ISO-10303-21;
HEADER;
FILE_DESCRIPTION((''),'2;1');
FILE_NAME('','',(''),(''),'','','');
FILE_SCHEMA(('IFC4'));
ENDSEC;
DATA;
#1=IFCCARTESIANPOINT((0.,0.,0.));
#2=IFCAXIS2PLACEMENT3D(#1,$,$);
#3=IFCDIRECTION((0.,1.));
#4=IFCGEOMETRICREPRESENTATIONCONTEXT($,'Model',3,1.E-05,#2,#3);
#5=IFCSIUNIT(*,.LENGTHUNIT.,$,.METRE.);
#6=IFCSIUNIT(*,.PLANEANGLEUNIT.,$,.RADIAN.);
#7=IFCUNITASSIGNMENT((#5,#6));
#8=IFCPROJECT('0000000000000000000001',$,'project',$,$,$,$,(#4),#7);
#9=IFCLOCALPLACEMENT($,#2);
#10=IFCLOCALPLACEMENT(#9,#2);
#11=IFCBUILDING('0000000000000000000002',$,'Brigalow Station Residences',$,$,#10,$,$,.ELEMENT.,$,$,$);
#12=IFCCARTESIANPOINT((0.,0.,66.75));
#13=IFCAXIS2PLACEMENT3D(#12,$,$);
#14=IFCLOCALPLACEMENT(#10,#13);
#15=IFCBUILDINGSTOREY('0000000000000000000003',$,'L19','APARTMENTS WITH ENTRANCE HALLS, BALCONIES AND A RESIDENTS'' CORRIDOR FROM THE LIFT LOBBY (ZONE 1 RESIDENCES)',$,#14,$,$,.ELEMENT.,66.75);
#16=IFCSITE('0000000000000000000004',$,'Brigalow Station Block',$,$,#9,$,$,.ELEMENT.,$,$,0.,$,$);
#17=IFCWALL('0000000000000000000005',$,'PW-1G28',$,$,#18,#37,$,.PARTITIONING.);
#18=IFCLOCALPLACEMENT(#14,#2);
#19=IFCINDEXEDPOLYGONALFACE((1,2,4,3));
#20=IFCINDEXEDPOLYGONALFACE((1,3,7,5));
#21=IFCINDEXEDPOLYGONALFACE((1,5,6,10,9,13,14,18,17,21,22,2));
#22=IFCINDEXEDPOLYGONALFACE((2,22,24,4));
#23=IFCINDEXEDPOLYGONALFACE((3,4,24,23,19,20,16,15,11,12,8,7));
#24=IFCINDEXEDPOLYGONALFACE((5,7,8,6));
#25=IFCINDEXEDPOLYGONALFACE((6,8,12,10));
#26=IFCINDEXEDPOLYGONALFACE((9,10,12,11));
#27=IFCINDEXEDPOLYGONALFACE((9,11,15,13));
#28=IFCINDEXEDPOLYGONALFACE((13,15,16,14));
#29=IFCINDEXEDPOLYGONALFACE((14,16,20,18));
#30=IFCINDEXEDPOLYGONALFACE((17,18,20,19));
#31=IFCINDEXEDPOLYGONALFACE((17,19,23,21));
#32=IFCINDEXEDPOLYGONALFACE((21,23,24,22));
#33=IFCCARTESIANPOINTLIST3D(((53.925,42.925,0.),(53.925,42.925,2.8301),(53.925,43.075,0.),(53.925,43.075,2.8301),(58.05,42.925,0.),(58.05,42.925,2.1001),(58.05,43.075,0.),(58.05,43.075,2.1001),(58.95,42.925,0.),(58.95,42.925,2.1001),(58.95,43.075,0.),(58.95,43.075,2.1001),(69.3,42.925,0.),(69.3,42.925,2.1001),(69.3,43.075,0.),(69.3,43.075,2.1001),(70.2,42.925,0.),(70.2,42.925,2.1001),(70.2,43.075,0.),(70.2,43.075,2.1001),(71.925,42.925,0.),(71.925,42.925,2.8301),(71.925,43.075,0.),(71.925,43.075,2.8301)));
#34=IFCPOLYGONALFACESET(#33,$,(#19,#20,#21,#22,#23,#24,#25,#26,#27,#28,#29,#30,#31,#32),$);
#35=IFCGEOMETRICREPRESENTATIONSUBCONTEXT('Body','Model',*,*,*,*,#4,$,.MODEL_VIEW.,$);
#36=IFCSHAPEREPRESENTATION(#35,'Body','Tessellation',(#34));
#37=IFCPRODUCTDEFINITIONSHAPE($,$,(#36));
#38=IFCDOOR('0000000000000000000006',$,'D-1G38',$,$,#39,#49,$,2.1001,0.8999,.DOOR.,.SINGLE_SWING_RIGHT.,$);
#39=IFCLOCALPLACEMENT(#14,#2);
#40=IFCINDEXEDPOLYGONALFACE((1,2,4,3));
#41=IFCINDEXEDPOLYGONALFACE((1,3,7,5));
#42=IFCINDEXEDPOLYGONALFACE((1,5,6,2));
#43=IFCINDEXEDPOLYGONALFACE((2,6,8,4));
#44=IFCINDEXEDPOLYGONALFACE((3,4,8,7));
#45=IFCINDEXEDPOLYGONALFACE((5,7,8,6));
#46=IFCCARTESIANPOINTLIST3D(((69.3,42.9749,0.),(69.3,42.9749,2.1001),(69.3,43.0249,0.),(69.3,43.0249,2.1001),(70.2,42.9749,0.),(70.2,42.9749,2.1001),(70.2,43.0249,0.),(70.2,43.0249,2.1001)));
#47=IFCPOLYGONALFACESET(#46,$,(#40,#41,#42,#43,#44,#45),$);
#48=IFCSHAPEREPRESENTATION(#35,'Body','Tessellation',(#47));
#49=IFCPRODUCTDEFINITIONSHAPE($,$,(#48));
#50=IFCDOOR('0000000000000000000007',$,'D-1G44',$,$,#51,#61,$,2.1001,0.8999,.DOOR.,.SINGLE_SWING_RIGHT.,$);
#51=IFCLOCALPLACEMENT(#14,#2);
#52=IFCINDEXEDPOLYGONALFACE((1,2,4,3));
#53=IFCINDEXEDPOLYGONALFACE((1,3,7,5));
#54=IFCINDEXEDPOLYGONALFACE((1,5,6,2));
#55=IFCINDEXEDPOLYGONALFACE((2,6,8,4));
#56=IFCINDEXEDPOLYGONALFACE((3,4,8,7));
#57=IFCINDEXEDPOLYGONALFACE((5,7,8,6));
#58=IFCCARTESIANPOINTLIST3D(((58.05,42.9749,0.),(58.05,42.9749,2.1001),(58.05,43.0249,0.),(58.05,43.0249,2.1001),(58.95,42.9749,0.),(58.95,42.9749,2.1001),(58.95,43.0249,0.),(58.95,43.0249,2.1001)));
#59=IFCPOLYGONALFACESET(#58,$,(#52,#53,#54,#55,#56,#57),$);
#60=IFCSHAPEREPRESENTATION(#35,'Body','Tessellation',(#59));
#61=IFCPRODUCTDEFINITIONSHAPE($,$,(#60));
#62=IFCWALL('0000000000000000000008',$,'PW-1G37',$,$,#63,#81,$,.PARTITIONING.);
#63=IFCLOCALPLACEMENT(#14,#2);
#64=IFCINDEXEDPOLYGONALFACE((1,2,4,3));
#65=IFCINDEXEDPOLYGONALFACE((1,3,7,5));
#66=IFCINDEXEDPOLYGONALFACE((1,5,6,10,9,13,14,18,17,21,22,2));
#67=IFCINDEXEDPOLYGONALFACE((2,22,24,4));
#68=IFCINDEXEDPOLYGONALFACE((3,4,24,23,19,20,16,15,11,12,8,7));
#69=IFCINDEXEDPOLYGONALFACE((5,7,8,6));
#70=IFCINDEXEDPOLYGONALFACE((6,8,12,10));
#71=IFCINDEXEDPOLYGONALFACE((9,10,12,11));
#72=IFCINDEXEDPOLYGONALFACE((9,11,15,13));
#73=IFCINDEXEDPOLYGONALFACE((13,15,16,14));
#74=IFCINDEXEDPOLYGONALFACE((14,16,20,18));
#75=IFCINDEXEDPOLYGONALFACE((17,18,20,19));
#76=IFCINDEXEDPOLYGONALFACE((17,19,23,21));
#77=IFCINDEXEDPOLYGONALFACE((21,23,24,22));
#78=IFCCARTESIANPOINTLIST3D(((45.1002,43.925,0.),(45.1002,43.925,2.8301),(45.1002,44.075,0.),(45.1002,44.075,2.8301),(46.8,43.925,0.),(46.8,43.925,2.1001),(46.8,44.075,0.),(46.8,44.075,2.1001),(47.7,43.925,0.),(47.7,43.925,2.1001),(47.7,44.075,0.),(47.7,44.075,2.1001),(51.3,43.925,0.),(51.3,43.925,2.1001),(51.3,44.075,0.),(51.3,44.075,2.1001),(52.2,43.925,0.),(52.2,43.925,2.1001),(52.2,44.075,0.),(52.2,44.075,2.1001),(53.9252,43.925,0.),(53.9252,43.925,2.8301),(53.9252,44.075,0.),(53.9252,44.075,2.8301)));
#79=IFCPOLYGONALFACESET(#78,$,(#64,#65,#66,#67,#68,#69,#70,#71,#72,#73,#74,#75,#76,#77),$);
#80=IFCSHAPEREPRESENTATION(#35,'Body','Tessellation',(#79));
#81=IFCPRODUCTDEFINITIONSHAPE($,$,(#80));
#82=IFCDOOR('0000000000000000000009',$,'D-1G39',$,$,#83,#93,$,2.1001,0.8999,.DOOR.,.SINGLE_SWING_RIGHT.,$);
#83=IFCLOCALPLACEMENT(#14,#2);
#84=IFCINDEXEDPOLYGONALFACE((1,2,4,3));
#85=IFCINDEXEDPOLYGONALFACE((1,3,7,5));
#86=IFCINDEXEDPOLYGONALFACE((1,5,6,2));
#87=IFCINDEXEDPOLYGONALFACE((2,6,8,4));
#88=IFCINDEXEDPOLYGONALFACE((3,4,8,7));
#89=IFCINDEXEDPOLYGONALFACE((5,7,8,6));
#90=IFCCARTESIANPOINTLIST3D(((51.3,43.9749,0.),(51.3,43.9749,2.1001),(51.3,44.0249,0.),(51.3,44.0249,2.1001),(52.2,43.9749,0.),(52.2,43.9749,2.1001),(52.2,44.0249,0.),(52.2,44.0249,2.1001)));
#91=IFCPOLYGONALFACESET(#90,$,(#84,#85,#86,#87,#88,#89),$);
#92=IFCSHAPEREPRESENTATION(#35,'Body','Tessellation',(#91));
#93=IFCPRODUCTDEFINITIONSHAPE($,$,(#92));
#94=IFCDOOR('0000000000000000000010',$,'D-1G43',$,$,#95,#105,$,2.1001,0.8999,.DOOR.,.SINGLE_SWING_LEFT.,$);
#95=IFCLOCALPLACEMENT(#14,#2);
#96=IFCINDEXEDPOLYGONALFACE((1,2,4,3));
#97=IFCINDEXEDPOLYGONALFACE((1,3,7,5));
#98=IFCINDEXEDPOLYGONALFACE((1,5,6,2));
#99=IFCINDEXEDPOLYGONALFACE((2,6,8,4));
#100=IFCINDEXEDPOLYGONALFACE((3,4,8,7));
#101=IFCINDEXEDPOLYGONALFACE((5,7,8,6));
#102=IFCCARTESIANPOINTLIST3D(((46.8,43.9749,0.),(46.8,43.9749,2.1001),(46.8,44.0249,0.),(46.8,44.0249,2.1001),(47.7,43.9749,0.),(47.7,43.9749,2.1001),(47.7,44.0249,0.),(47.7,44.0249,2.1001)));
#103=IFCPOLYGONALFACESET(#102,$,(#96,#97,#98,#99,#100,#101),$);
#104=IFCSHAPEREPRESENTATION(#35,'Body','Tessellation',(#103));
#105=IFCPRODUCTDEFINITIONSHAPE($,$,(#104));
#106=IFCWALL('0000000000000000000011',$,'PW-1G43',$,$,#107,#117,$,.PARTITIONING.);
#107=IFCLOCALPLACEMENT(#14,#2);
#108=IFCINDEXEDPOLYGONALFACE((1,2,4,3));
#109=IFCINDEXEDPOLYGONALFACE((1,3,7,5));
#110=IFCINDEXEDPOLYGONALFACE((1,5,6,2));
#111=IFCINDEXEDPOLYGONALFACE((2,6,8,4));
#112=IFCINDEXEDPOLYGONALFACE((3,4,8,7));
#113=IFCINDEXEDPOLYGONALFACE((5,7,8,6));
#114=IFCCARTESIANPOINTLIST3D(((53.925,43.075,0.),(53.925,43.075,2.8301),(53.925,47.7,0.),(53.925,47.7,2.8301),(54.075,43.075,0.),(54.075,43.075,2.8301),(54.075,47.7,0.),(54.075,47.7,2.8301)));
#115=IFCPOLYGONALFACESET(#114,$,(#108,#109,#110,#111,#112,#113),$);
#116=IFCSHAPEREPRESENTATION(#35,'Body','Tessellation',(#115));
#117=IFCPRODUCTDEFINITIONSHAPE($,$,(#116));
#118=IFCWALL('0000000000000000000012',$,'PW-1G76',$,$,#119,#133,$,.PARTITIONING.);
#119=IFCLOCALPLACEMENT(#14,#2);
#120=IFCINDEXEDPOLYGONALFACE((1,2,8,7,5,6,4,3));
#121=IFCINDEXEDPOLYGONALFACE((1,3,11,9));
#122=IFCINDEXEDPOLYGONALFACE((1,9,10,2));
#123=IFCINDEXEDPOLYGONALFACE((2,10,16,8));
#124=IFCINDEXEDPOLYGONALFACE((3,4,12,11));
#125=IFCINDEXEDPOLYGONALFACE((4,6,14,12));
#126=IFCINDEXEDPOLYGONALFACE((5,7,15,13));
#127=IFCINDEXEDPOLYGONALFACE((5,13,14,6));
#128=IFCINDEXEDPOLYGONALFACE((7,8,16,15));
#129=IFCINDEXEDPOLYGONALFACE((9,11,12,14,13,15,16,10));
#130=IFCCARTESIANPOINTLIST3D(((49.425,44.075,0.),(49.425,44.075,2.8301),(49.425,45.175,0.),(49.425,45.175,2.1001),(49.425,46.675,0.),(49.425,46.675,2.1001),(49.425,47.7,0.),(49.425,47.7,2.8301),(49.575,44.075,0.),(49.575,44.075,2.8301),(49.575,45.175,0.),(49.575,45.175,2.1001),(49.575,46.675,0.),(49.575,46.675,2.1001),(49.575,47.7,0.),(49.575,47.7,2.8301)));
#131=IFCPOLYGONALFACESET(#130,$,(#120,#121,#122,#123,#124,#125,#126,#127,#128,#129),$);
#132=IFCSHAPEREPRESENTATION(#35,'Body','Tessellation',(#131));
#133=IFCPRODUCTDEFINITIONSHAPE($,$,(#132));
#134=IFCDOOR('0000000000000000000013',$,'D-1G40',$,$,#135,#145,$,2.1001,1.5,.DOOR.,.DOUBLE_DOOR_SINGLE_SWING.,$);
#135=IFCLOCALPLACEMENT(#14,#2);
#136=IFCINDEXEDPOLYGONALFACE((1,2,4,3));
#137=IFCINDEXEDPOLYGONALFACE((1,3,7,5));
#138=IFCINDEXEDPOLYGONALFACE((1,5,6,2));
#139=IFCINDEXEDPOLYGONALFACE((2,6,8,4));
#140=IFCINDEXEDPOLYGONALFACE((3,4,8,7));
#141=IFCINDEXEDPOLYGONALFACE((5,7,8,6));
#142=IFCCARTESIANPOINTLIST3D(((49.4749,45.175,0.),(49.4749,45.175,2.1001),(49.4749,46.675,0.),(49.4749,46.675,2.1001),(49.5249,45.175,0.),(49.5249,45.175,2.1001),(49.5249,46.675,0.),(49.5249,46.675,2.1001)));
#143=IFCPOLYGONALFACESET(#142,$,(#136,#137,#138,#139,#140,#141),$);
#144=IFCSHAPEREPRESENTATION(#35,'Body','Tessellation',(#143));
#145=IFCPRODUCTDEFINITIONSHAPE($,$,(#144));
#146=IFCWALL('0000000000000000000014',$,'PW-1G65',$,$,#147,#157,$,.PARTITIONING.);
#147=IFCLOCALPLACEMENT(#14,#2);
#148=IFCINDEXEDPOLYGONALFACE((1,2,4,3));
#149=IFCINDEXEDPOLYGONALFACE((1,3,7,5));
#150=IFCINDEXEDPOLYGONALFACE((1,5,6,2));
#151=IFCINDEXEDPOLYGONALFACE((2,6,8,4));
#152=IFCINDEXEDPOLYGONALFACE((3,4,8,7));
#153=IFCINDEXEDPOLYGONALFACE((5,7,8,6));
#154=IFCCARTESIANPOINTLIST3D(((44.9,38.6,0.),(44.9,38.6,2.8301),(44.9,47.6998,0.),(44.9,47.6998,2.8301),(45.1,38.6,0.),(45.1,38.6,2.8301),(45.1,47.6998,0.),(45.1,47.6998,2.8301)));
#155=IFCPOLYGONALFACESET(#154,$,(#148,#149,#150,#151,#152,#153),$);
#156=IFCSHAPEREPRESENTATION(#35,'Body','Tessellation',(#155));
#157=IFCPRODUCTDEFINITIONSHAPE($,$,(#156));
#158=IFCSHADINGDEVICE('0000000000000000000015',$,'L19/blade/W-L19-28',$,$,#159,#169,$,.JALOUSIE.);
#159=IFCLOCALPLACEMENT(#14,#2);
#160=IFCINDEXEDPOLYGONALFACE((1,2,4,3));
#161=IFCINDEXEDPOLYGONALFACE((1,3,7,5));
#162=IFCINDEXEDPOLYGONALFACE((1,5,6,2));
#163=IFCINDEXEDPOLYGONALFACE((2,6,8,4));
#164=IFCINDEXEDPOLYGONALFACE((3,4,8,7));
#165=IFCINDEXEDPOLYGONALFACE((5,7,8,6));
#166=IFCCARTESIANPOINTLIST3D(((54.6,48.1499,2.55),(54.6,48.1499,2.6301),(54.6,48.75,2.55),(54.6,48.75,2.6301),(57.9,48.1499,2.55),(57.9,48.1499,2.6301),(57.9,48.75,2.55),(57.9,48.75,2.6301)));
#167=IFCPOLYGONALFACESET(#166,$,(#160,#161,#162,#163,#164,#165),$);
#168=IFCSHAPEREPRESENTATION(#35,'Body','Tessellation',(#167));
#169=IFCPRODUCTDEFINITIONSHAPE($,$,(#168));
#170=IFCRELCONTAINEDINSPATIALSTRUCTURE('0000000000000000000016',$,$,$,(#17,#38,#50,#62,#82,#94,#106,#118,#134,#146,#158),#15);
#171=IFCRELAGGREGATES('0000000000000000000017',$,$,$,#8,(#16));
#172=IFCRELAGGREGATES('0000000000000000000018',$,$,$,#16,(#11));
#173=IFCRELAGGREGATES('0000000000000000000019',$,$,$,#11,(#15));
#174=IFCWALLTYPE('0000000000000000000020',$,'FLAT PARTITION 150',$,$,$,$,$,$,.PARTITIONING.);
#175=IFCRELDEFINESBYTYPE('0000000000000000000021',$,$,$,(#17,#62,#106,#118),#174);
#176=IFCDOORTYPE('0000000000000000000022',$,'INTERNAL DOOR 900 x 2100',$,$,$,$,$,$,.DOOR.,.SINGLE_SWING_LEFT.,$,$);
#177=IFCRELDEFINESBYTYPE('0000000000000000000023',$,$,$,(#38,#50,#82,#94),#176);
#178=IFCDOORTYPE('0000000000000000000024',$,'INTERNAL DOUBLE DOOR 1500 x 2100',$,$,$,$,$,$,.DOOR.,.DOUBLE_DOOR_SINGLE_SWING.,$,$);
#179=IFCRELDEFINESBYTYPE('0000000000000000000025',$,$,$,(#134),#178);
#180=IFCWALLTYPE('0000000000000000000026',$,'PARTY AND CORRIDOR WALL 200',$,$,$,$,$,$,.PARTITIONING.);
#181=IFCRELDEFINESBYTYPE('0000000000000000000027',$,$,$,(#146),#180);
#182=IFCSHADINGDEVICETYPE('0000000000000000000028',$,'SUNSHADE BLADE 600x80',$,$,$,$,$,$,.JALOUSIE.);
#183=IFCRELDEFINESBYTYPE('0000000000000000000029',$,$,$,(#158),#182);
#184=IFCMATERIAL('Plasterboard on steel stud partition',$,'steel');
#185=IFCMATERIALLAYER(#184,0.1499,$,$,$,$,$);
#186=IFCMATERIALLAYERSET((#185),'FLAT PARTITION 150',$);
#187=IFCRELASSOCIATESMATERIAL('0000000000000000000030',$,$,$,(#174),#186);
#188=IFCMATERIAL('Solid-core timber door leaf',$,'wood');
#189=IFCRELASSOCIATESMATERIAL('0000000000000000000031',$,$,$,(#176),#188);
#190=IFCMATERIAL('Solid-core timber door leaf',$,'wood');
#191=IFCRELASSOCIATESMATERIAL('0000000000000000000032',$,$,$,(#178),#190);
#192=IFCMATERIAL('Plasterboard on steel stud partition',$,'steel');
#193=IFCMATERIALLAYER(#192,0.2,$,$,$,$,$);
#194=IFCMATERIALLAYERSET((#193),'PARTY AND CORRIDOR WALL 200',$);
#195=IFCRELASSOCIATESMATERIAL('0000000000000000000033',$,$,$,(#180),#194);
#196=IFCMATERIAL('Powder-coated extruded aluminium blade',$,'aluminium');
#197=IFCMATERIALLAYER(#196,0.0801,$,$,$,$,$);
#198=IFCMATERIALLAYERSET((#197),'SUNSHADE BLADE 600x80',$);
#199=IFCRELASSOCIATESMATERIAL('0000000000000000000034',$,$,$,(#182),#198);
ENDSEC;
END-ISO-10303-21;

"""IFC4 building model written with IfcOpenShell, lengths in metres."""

from ifc_helpers import new_model, si_unit, direction, frame, frame_2d, origin, origin_2d, place, context, subcontext, project, spatial, rectangle, extrude, material, layer, layer_set, type_object, element, fill, save


model = new_model("IFC4")

# Units and contexts
model_context = context("Model", 3, precision=1e-05, world=origin(), true_north=direction((0.0, 1.0)))
body_context = subcontext(model_context, "Body", "Model", "MODEL_VIEW")
ifc_project = project(units=[si_unit("LENGTHUNIT", "METRE"), si_unit("PLANEANGLEUNIT", "RADIAN")], contexts=[model_context])

# Site, building, storey
site_placement = place(None, origin())
site = spatial("IfcSite", under=ifc_project, at=site_placement, Name="Brigalow Station Block", CompositionType="ELEMENT", RefElevation=0.0)
building_placement = place(site_placement, origin())
building = spatial("IfcBuilding", under=site, at=building_placement, Name="Brigalow Station Residences", CompositionType="ELEMENT")
storey_placement = place(building_placement, frame((0.0, 0.0, 66.75)))
storey = spatial("IfcBuildingStorey", under=building, at=storey_placement, Name="L19", Description="APARTMENTS WITH ENTRANCE HALLS, BALCONIES AND A RESIDENTS' CORRIDOR FROM THE LIFT LOBBY (ZONE 1 RESIDENCES)", CompositionType="ELEMENT", Elevation=66.75)

# Shared definitions
ifc_material_1 = material(Name="Plasterboard on steel stud partition", Category="steel")
ifc_layer_1 = layer(ifc_material_1, 0.1499)
ifc_layer_set_1 = layer_set([ifc_layer_1], Name="FLAT PARTITION 150")
wall_type_1 = type_object("IfcWallType", Name="FLAT PARTITION 150", PredefinedType="PARTITIONING", material=ifc_layer_set_1)
ifc_material_2 = material(Name="Solid-core timber door leaf", Category="wood")
door_type_1 = type_object("IfcDoorType", Name="INTERNAL DOOR 900 x 2100", OperationType="SINGLE_SWING_LEFT", PredefinedType="DOOR", material=ifc_material_2)

# Walls, openings, doors
wall_1_placement = place(storey_placement, frame((53.925, 43.0, 0.0), z_axis=(0.0, 0.0, 1.0), x_axis=(1.0, 0.0, 0.0)))
wall_1 = element("IfcWall", 1, at=wall_1_placement, inside=storey, type_object=wall_type_1, Name="PW-1G28", PredefinedType="PARTITIONING", context=body_context, shape_type="SweptSolid", body=[
    extrude(rectangle(XDim=18.0, YDim=0.1499, at=frame_2d((9.0, 0.0))), origin(), (0.0, 0.0, 1.0), 2.8301),
])
opening_1_placement = place(wall_1_placement, frame((15.375, 0.0, 0.0)))
opening_1 = element("IfcOpeningElement", 2, at=opening_1_placement, cuts=wall_1, PredefinedType="OPENING", context=body_context, shape_type="SweptSolid", body=[
    extrude(rectangle(XDim=0.8999, YDim=2.1001, at=frame_2d((0.45, 1.05))), frame((0.0, 0.085, 0.0), z_axis=(0.0, -1.0, 0.0), x_axis=(1.0, 0.0, 0.0)), (0.0, 0.0, 1.0), 0.1699),
])
opening_2_placement = place(wall_1_placement, frame((4.125, 0.0, 0.0)))
opening_2 = element("IfcOpeningElement", 3, at=opening_2_placement, cuts=wall_1, PredefinedType="OPENING", context=body_context, shape_type="SweptSolid", body=[
    extrude(rectangle(XDim=0.8999, YDim=2.1001, at=frame_2d((0.45, 1.05))), frame((0.0, 0.085, 0.0), z_axis=(0.0, -1.0, 0.0), x_axis=(1.0, 0.0, 0.0)), (0.0, 0.0, 1.0), 0.1699),
])
door_1_placement = place(opening_1_placement, origin())
door_1 = element("IfcDoor", 4, at=door_1_placement, inside=storey, type_object=door_type_1, Name="D-1G38", OperationType="SINGLE_SWING_RIGHT", OverallHeight=2.1001, OverallWidth=0.8999, PredefinedType="DOOR", context=body_context, shape_type="SweptSolid", body=[
    extrude(rectangle(XDim=0.8999, YDim=2.1001, at=frame_2d((0.45, 1.05))), frame((0.0, 0.0249, 0.0), z_axis=(0.0, -1.0, 0.0), x_axis=(1.0, 0.0, 0.0)), (0.0, 0.0, 1.0), 0.05),
])
fill(opening_1, door_1)
door_2_placement = place(opening_2_placement, origin())
door_2 = element("IfcDoor", 5, at=door_2_placement, inside=storey, type_object=door_type_1, Name="D-1G44", OperationType="SINGLE_SWING_RIGHT", OverallHeight=2.1001, OverallWidth=0.8999, PredefinedType="DOOR", context=body_context, shape_type="SweptSolid", body=[
    extrude(rectangle(XDim=0.8999, YDim=2.1001, at=frame_2d((0.45, 1.05))), frame((0.0, 0.0249, 0.0), z_axis=(0.0, -1.0, 0.0), x_axis=(1.0, 0.0, 0.0)), (0.0, 0.0, 1.0), 0.05),
])
fill(opening_2, door_2)
wall_2_placement = place(storey_placement, frame((45.1001, 44.0, 0.0), z_axis=(0.0, 0.0, 1.0), x_axis=(1.0, 0.0, 0.0)))
wall_2 = element("IfcWall", 6, at=wall_2_placement, inside=storey, type_object=wall_type_1, Name="PW-1G37", PredefinedType="PARTITIONING", context=body_context, shape_type="SweptSolid", body=[
    extrude(rectangle(XDim=8.825, YDim=0.1499, at=frame_2d((4.4126, 0.0))), origin(), (0.0, 0.0, 1.0), 2.8301),
])
opening_3_placement = place(wall_2_placement, frame((6.2, 0.0, 0.0)))
opening_3 = element("IfcOpeningElement", 7, at=opening_3_placement, cuts=wall_2, PredefinedType="OPENING", context=body_context, shape_type="SweptSolid", body=[
    extrude(rectangle(XDim=0.8999, YDim=2.1001, at=frame_2d((0.45, 1.05))), frame((0.0, 0.085, 0.0), z_axis=(0.0, -1.0, 0.0), x_axis=(1.0, 0.0, 0.0)), (0.0, 0.0, 1.0), 0.1699),
])
opening_4_placement = place(wall_2_placement, frame((1.7, 0.0, 0.0)))
opening_4 = element("IfcOpeningElement", 8, at=opening_4_placement, cuts=wall_2, PredefinedType="OPENING", context=body_context, shape_type="SweptSolid", body=[
    extrude(rectangle(XDim=0.8999, YDim=2.1001, at=frame_2d((0.45, 1.05))), frame((0.0, 0.085, 0.0), z_axis=(0.0, -1.0, 0.0), x_axis=(1.0, 0.0, 0.0)), (0.0, 0.0, 1.0), 0.1699),
])
door_3_placement = place(opening_3_placement, origin())
door_3 = element("IfcDoor", 9, at=door_3_placement, inside=storey, type_object=door_type_1, Name="D-1G39", OperationType="SINGLE_SWING_RIGHT", OverallHeight=2.1001, OverallWidth=0.8999, PredefinedType="DOOR", context=body_context, shape_type="SweptSolid", body=[
    extrude(rectangle(XDim=0.8999, YDim=2.1001, at=frame_2d((0.45, 1.05))), frame((0.0, 0.0249, 0.0), z_axis=(0.0, -1.0, 0.0), x_axis=(1.0, 0.0, 0.0)), (0.0, 0.0, 1.0), 0.05),
])
fill(opening_3, door_3)
door_4_placement = place(opening_4_placement, origin())
door_4 = element("IfcDoor", 10, at=door_4_placement, inside=storey, type_object=door_type_1, Name="D-1G43", OperationType="SINGLE_SWING_LEFT", OverallHeight=2.1001, OverallWidth=0.8999, PredefinedType="DOOR", context=body_context, shape_type="SweptSolid", body=[
    extrude(rectangle(XDim=0.8999, YDim=2.1001, at=frame_2d((0.45, 1.05))), frame((0.0, 0.0249, 0.0), z_axis=(0.0, -1.0, 0.0), x_axis=(1.0, 0.0, 0.0)), (0.0, 0.0, 1.0), 0.05),
])
fill(opening_4, door_4)

# Wall
wall_3_placement = place(storey_placement, frame((54.0, 43.075, 0.0), z_axis=(0.0, 0.0, 1.0), x_axis=(0.0, 1.0, 0.0)))
element("IfcWall", 11, at=wall_3_placement, inside=storey, type_object=wall_type_1, Name="PW-1G43", PredefinedType="PARTITIONING", context=body_context, shape_type="SweptSolid", body=[
    extrude(rectangle(XDim=4.625, YDim=0.1499, at=frame_2d((2.3125, 0.0))), origin(), (0.0, 0.0, 1.0), 2.8301),
])

# Wall, opening, door
wall_4_placement = place(storey_placement, frame((49.5, 44.075, 0.0), z_axis=(0.0, 0.0, 1.0), x_axis=(0.0, 1.0, 0.0)))
wall_4 = element("IfcWall", 12, at=wall_4_placement, inside=storey, type_object=wall_type_1, Name="PW-1G76", PredefinedType="PARTITIONING", context=body_context, shape_type="SweptSolid", body=[
    extrude(rectangle(XDim=3.625, YDim=0.1499, at=frame_2d((1.8125, 0.0))), origin(), (0.0, 0.0, 1.0), 2.8301),
])
opening_5_placement = place(wall_4_placement, frame((1.1001, 0.0, 0.0)))
opening_5 = element("IfcOpeningElement", 13, at=opening_5_placement, cuts=wall_4, PredefinedType="OPENING", context=body_context, shape_type="SweptSolid", body=[
    extrude(rectangle(XDim=1.5, YDim=2.1001, at=frame_2d((0.75, 1.05))), frame((0.0, 0.085, 0.0), z_axis=(0.0, -1.0, 0.0), x_axis=(1.0, 0.0, 0.0)), (0.0, 0.0, 1.0), 0.1699),
])
ifc_material_3 = material(Name="Solid-core timber door leaf", Category="wood")
door_type_2 = type_object("IfcDoorType", Name="INTERNAL DOUBLE DOOR 1500 x 2100", OperationType="DOUBLE_DOOR_SINGLE_SWING", PredefinedType="DOOR", material=ifc_material_3)
door_5_placement = place(opening_5_placement, frame((1.5, 0.0, 0.0), z_axis=(0.0, 0.0, 1.0), x_axis=(-1.0, 0.0, 0.0)))
door_5 = element("IfcDoor", 14, at=door_5_placement, inside=storey, type_object=door_type_2, Name="D-1G40", OperationType="DOUBLE_DOOR_SINGLE_SWING", OverallHeight=2.1001, OverallWidth=1.5, PredefinedType="DOOR", context=body_context, shape_type="SweptSolid", body=[
    extrude(rectangle(XDim=1.5, YDim=2.1001, at=frame_2d((0.75, 1.05))), frame((0.0, 0.0249, 0.0), z_axis=(0.0, -1.0, 0.0), x_axis=(1.0, 0.0, 0.0)), (0.0, 0.0, 1.0), 0.05),
])
fill(opening_5, door_5)

# Wall
ifc_material_4 = material(Name="Plasterboard on steel stud partition", Category="steel")
ifc_layer_2 = layer(ifc_material_4, 0.2)
ifc_layer_set_2 = layer_set([ifc_layer_2], Name="PARTY AND CORRIDOR WALL 200")
wall_type_2 = type_object("IfcWallType", Name="PARTY AND CORRIDOR WALL 200", PredefinedType="PARTITIONING", material=ifc_layer_set_2)
wall_5_placement = place(storey_placement, frame((45.0, 38.6001, 0.0), z_axis=(0.0, 0.0, 1.0), x_axis=(0.0, 1.0, 0.0)))
element("IfcWall", 15, at=wall_5_placement, inside=storey, type_object=wall_type_2, Name="PW-1G65", PredefinedType="PARTITIONING", context=body_context, shape_type="SweptSolid", body=[
    extrude(rectangle(XDim=9.0999, YDim=0.2, at=frame_2d((4.5498, 0.0))), origin(), (0.0, 0.0, 1.0), 2.8301),
])

# Shading device
ifc_material_5 = material(Name="Powder-coated extruded aluminium blade", Category="aluminium")
ifc_layer_3 = layer(ifc_material_5, 0.0801)
ifc_layer_set_3 = layer_set([ifc_layer_3], Name="SUNSHADE BLADE 600x80")
shading_device_type = type_object("IfcShadingDeviceType", Name="SUNSHADE BLADE 600x80", PredefinedType="JALOUSIE", material=ifc_layer_set_3)
shading_device_placement = place(storey_placement, frame((56.25, 48.45, 2.55), z_axis=(0.0, 0.0, 1.0), x_axis=(-1.0, 0.0, 0.0)))
element("IfcShadingDevice", 16, at=shading_device_placement, inside=storey, type_object=shading_device_type, Name="L19/blade/W-L19-28", PredefinedType="JALOUSIE", context=body_context, shape_type="SweptSolid", body=[
    extrude(rectangle(XDim=3.3, YDim=0.6001, at=origin_2d()), origin(), (0.0, 0.0, 1.0), 0.0801),
])

save(model, "model.ifc")
